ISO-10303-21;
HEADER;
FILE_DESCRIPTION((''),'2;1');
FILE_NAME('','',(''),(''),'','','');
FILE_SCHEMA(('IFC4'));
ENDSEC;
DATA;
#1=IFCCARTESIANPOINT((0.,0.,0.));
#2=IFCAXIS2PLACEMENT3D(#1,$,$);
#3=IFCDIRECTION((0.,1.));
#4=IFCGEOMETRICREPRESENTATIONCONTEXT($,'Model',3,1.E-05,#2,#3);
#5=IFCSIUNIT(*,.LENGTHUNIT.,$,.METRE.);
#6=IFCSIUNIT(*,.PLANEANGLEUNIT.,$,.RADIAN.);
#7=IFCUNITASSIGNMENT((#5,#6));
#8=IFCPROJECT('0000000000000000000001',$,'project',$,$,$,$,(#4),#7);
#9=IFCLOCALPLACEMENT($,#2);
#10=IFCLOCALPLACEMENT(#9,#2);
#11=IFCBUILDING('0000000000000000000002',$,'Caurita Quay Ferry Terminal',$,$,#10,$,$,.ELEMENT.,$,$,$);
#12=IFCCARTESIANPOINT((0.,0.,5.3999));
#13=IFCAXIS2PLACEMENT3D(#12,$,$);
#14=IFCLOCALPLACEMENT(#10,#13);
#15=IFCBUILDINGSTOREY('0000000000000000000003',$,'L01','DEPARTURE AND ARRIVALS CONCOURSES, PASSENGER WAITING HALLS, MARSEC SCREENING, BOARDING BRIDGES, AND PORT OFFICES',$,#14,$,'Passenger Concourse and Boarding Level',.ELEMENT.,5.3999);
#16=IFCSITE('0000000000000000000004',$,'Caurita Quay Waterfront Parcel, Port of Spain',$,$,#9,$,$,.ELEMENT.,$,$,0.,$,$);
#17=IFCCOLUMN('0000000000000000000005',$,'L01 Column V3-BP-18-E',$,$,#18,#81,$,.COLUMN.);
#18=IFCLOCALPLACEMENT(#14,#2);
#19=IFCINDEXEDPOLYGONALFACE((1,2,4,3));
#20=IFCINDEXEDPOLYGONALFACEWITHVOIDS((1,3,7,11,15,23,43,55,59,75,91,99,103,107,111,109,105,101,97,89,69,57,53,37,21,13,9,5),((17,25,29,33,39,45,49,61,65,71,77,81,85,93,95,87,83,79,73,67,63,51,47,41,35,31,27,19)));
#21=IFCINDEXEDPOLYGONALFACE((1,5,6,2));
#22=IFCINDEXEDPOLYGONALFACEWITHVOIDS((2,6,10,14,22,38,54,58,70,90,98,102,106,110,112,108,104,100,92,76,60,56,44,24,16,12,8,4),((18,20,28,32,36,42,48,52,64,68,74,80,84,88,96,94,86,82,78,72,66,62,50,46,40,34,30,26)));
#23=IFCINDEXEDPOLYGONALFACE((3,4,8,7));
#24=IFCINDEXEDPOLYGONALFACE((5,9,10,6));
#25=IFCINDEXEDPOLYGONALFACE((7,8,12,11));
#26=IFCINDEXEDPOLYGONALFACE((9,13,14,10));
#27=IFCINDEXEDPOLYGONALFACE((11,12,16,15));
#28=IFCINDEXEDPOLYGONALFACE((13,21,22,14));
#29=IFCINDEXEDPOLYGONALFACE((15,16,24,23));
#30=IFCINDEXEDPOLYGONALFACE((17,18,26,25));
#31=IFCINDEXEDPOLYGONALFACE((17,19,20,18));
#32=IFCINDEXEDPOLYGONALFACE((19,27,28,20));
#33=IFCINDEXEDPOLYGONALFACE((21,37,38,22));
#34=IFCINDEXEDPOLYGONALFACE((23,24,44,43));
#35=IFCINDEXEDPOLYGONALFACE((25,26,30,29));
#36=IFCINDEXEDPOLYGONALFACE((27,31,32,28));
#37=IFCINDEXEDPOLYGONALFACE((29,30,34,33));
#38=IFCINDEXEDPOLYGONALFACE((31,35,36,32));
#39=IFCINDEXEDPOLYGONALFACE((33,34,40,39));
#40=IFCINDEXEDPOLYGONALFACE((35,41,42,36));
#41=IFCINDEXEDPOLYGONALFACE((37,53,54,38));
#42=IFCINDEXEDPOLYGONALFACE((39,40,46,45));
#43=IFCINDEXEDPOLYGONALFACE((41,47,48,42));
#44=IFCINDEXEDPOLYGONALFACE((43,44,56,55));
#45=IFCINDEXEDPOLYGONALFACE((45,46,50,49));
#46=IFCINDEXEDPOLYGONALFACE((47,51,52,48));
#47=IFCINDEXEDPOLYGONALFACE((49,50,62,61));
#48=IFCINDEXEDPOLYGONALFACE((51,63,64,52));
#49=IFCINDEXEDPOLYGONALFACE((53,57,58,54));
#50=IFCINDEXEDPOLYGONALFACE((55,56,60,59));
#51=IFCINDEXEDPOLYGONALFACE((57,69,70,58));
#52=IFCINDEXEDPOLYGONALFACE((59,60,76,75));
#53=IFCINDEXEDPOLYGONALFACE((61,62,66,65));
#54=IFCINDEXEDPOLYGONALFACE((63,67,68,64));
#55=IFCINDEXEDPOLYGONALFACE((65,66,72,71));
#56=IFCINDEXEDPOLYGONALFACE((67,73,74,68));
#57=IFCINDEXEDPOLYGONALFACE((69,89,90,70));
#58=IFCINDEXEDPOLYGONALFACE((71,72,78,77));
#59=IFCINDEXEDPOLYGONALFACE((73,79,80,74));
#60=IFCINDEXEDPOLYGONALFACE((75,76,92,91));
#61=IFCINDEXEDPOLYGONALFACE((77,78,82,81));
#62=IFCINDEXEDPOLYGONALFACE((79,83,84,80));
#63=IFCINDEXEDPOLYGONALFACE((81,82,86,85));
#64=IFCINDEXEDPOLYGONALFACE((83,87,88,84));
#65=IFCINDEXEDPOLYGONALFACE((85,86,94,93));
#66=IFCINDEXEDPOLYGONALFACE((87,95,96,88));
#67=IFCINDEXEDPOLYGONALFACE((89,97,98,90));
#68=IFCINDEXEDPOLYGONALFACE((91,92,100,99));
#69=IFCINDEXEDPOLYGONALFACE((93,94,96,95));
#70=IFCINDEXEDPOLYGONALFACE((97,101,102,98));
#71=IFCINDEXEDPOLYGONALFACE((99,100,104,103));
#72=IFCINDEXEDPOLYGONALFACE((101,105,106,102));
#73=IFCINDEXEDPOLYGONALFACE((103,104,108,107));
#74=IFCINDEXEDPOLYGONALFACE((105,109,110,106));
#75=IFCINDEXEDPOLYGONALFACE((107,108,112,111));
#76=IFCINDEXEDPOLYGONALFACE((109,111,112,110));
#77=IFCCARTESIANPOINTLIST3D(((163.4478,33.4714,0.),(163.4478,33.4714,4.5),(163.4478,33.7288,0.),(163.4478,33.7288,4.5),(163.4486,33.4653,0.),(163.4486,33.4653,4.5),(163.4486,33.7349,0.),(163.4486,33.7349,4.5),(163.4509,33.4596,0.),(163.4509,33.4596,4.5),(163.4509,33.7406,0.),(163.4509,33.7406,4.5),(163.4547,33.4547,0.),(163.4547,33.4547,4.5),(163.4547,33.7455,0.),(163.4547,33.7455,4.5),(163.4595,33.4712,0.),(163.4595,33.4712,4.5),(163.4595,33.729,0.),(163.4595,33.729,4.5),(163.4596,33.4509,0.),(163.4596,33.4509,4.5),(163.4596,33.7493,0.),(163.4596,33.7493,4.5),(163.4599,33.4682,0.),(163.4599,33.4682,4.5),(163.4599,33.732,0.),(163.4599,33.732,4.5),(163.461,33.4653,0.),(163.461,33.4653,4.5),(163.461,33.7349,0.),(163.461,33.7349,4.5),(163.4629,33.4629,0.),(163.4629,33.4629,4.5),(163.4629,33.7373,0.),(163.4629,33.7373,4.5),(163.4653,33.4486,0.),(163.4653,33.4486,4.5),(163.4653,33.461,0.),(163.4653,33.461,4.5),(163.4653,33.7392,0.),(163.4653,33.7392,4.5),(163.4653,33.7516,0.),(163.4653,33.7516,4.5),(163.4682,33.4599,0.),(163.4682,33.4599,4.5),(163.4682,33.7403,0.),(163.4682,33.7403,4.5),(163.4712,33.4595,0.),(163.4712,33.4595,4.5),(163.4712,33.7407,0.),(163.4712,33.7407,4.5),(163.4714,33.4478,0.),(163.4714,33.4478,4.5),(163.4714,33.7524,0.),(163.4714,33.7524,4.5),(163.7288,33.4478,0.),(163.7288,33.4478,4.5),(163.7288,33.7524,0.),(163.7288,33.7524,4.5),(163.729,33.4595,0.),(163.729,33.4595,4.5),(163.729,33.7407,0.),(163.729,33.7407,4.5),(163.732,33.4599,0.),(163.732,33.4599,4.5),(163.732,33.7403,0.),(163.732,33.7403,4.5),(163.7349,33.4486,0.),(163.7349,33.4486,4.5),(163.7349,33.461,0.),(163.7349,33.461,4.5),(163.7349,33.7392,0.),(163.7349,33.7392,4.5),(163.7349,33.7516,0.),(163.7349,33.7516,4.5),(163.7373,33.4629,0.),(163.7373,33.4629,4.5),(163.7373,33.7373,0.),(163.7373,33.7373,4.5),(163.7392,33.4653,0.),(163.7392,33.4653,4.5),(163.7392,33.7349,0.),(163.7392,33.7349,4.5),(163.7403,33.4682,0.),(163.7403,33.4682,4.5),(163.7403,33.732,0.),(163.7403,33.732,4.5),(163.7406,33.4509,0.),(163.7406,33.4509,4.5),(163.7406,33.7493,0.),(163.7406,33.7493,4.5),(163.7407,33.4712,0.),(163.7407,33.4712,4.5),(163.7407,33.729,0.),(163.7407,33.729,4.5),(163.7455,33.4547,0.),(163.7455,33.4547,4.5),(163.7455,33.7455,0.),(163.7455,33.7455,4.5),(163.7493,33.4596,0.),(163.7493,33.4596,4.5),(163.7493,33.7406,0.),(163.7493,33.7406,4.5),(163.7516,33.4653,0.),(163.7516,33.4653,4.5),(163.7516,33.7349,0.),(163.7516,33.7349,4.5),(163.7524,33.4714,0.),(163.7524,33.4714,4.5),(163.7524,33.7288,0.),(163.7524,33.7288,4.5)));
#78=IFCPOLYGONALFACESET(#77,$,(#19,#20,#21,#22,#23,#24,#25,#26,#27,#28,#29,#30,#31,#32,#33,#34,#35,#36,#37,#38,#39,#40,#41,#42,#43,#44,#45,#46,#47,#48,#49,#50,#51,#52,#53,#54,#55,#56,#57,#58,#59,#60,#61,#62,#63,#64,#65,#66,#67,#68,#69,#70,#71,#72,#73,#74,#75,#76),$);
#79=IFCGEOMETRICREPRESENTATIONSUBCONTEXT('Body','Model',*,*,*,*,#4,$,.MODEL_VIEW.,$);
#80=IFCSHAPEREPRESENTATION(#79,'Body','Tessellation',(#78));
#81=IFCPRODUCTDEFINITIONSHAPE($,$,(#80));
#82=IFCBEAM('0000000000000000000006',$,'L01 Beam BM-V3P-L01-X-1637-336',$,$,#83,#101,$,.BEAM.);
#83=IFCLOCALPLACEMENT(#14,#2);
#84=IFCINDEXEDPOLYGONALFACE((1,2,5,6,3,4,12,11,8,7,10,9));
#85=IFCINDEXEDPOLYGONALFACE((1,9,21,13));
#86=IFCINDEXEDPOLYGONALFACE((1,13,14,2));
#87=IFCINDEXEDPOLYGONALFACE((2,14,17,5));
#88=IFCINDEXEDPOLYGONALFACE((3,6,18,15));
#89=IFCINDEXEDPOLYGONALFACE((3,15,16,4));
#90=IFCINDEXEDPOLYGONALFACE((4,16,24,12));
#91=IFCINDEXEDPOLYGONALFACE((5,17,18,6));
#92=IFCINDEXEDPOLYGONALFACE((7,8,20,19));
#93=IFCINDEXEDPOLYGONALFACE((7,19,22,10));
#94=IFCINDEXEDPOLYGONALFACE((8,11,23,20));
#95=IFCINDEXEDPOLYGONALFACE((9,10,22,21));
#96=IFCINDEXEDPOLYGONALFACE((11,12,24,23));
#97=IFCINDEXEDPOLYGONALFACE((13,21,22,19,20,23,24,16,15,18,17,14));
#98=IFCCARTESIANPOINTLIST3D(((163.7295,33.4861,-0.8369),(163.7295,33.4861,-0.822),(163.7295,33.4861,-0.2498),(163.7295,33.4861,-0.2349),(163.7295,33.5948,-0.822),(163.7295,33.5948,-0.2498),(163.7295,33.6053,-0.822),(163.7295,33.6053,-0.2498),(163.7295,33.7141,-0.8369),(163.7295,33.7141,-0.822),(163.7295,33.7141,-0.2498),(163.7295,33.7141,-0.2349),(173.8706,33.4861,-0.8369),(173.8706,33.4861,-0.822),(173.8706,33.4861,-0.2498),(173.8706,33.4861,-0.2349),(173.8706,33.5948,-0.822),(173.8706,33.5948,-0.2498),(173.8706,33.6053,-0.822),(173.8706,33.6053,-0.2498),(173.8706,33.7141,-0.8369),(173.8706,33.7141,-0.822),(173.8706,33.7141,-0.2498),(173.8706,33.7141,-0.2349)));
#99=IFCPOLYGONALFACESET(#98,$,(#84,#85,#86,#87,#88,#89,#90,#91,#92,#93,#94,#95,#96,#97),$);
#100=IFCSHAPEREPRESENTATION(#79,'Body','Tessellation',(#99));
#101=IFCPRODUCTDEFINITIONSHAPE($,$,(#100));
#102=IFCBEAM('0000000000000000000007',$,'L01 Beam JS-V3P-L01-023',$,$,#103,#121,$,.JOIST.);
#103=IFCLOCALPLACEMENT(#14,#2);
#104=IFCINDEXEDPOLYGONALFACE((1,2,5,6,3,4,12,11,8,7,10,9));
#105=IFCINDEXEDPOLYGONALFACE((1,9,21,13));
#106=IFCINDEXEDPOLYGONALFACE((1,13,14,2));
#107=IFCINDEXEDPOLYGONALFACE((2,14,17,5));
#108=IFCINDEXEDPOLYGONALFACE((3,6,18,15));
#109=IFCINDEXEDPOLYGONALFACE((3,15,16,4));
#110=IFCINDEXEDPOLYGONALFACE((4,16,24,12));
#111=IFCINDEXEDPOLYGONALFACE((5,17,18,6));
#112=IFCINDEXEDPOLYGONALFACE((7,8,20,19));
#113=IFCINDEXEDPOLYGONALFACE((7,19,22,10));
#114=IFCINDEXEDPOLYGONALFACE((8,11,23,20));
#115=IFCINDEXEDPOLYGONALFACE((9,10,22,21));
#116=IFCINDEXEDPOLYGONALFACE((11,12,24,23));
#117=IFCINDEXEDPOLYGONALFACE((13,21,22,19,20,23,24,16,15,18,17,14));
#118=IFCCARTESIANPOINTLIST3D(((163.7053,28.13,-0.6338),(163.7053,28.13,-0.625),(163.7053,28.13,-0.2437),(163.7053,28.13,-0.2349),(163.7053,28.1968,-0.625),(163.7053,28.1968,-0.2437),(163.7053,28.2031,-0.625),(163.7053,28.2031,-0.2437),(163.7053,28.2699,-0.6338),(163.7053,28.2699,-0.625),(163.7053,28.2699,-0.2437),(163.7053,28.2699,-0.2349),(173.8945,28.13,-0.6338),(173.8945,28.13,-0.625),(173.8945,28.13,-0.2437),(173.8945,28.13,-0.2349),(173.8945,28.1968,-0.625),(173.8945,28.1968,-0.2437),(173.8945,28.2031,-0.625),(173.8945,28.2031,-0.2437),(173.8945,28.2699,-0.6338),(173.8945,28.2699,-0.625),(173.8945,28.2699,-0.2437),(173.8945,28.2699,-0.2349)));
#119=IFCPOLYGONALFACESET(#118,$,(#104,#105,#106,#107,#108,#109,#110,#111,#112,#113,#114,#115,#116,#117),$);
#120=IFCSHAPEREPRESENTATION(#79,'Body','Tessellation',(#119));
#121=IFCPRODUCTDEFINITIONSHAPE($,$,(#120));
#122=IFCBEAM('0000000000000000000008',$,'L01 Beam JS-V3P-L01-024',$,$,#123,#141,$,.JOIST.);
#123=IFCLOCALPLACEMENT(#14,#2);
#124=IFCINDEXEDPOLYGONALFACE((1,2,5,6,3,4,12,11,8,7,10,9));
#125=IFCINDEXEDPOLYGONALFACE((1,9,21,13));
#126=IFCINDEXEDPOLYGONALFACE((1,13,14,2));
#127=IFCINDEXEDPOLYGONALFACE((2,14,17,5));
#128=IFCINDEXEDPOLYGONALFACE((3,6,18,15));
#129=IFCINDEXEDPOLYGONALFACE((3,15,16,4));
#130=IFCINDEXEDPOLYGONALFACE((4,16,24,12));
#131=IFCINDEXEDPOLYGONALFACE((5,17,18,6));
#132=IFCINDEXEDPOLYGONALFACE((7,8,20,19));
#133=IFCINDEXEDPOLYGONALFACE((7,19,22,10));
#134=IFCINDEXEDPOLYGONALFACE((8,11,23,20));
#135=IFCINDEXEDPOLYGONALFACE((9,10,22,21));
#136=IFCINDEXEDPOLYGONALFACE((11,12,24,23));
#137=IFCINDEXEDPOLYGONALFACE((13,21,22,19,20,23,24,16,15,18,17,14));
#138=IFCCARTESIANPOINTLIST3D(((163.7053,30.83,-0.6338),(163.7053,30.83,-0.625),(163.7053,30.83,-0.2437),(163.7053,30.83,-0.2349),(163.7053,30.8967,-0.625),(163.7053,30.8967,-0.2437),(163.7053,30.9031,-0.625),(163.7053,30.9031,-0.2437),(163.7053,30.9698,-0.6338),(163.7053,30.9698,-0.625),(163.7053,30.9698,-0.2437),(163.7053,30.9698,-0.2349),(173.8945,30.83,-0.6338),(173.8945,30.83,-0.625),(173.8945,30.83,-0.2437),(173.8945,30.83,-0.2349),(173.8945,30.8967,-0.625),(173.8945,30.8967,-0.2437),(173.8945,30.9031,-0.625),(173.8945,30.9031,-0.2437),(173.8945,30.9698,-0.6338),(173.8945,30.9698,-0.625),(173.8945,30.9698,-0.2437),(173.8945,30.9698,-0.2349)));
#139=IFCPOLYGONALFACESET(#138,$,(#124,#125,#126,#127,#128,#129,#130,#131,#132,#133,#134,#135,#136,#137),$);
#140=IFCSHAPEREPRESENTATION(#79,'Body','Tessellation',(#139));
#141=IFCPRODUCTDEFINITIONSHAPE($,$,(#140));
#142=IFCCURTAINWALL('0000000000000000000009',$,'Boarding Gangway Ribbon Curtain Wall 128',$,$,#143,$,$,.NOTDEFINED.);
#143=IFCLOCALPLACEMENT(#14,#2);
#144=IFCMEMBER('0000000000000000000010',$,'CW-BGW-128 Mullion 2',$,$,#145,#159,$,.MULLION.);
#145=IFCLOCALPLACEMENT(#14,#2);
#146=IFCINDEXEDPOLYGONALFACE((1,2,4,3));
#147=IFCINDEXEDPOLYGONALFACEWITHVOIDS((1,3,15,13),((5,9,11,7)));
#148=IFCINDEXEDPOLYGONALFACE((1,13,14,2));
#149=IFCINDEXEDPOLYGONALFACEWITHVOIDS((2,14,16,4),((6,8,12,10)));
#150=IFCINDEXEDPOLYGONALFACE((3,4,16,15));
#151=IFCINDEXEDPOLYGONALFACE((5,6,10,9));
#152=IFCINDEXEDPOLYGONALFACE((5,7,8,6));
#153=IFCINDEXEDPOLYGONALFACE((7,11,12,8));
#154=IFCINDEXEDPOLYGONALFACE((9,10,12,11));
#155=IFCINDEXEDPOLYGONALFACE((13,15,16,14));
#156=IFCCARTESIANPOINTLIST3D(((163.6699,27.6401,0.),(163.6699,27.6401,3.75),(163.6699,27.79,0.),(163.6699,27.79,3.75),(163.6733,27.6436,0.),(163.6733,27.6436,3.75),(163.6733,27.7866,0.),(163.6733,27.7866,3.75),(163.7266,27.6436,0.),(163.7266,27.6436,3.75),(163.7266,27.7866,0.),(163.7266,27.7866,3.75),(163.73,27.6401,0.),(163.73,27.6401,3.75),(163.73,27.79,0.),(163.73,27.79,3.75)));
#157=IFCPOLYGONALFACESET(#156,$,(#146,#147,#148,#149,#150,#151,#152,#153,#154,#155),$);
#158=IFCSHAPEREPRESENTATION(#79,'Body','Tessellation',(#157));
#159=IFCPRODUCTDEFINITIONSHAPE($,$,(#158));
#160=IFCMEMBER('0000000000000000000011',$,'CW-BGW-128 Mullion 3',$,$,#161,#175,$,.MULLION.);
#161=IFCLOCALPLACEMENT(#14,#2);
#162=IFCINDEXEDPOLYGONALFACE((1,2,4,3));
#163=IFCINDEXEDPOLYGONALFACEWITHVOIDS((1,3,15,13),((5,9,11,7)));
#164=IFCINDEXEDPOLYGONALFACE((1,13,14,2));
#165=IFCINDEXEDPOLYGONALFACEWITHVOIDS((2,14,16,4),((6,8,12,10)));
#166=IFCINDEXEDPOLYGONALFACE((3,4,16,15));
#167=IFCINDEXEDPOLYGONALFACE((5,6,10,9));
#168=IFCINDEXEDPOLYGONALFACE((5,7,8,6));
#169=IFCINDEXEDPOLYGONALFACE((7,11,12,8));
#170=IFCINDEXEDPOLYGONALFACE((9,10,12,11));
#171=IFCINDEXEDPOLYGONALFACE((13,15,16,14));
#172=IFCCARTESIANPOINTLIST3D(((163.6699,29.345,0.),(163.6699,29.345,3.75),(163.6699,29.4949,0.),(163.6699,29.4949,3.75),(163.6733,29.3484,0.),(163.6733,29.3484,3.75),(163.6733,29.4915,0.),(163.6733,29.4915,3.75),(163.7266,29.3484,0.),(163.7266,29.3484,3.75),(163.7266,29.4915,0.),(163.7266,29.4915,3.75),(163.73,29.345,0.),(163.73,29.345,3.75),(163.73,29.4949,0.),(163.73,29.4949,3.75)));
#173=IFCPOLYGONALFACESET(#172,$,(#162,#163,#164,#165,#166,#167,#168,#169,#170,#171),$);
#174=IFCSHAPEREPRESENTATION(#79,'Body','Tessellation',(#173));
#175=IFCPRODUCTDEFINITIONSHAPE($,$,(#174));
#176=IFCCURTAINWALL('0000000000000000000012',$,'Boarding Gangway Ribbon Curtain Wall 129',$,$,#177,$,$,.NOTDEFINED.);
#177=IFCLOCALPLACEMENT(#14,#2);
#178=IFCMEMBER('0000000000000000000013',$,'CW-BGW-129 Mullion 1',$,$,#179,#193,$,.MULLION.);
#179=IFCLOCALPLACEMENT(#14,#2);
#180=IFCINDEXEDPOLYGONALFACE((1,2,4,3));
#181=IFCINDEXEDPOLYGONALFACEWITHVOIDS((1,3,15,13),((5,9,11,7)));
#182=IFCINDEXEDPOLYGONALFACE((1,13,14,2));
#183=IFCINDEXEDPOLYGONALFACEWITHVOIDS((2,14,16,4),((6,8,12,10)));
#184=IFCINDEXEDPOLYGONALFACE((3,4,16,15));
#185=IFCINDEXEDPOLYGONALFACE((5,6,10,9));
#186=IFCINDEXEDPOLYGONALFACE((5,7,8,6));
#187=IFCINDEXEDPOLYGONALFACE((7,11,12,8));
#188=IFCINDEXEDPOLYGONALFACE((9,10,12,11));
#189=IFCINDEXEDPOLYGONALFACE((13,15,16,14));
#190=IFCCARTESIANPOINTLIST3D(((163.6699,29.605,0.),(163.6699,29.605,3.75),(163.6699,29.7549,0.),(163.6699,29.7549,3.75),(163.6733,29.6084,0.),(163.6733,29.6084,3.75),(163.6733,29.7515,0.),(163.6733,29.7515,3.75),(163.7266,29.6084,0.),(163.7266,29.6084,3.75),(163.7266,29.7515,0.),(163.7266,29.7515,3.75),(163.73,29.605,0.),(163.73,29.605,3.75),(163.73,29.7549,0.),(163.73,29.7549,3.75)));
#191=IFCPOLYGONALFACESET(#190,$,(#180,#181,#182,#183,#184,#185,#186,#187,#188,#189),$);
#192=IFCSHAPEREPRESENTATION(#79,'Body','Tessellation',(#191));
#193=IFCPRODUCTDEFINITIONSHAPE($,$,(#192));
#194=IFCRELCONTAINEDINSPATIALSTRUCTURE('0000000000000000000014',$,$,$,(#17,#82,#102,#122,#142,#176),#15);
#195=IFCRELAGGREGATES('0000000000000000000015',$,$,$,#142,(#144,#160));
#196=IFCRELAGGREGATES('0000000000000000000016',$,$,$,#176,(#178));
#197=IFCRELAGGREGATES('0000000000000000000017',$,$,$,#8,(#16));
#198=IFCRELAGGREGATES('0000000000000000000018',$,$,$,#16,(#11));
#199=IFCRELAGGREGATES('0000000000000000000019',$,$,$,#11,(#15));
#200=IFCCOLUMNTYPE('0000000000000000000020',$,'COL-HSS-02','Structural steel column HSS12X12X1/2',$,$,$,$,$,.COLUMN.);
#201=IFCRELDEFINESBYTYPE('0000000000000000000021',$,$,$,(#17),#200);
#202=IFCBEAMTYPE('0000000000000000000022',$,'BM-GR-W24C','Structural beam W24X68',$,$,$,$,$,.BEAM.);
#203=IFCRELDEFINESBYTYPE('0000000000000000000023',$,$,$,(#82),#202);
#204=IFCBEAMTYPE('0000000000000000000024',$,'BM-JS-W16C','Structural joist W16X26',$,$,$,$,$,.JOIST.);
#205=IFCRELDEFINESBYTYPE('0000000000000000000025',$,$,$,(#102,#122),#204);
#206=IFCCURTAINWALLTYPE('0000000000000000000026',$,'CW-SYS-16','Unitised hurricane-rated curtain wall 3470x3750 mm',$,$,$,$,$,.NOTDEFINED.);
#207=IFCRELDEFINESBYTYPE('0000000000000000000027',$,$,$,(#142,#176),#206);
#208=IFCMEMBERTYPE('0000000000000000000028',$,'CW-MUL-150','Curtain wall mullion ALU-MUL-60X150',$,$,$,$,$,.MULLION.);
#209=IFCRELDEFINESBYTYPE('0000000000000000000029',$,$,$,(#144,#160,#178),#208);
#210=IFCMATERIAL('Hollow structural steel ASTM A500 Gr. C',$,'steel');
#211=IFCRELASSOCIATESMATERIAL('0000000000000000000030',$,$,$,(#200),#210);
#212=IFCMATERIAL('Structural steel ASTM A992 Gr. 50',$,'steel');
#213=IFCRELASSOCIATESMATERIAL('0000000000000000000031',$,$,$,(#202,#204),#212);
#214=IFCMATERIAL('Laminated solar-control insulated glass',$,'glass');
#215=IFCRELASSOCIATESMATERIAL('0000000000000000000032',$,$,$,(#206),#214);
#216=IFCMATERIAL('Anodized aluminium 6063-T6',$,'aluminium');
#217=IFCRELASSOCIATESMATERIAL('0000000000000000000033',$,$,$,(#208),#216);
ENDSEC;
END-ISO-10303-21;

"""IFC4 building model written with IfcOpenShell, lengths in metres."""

from ifc_helpers import new_model, si_unit, direction, frame, origin, origin_2d, place, context, subcontext, project, spatial, hollow_rectangle, i_section, extrude, material, material_profile, profile_set, type_object, element, aggregate, save


model = new_model("IFC4")

# Units and contexts
model_context = context("Model", 3, precision=1e-05, world=origin(), true_north=direction((0.0, 1.0)))
body_context = subcontext(model_context, "Body", "Model", "MODEL_VIEW")
ifc_project = project(units=[si_unit("LENGTHUNIT", "METRE"), si_unit("PLANEANGLEUNIT", "RADIAN")], contexts=[model_context])

# Site, building, storey
site_placement = place(None, origin())
site = spatial("IfcSite", under=ifc_project, at=site_placement, Name="Caurita Quay Waterfront Parcel, Port of Spain", CompositionType="ELEMENT", RefElevation=0.0)
building_placement = place(site_placement, origin())
building = spatial("IfcBuilding", under=site, at=building_placement, Name="Caurita Quay Ferry Terminal", CompositionType="ELEMENT")
storey_placement = place(building_placement, frame((0.0, 0.0, 5.3999)))
storey = spatial("IfcBuildingStorey", under=building, at=storey_placement, Name="L01", Description="DEPARTURE AND ARRIVALS CONCOURSES, PASSENGER WAITING HALLS, MARSEC SCREENING, BOARDING BRIDGES, AND PORT OFFICES", LongName="Passenger Concourse and Boarding Level", CompositionType="ELEMENT", Elevation=5.3999)

# Column
ifc_material_1 = material(Name="Hollow structural steel ASTM A500 Gr. C", Category="steel")
ifc_material_profile_1 = material_profile(ifc_material_1, hollow_rectangle(XDim=0.3047, YDim=0.3047, WallThickness=0.0117, InnerFilletRadius=0.0117, OuterFilletRadius=0.0237, at=origin_2d()), Name="HSS12X12X1/2")
ifc_profile_set_1 = profile_set([ifc_material_profile_1], Name="Hollow structural steel ASTM A500 Gr. C")
column_type = type_object("IfcColumnType", Name="COL-HSS-02", Description="Structural steel column HSS12X12X1/2", PredefinedType="COLUMN", material=ifc_profile_set_1)
column_placement = place(storey_placement, frame((163.6001, 33.6001, 0.0), z_axis=(0.0, 0.0, 1.0), x_axis=(1.0, 0.0, 0.0)))
element("IfcColumn", 1, at=column_placement, inside=storey, type_object=column_type, Name="L01 Column V3-BP-18-E", PredefinedType="COLUMN", context=body_context, shape_type="SweptSolid", body=[
    extrude(hollow_rectangle(XDim=0.3047, YDim=0.3047, WallThickness=0.0117, InnerFilletRadius=0.0117, OuterFilletRadius=0.0237, at=origin_2d()), origin(), (0.0, 0.0, 1.0), 4.5),
])

# Beams
ifc_material_2 = material(Name="Structural steel ASTM A992 Gr. 50", Category="steel")
ifc_material_profile_2 = material_profile(ifc_material_2, i_section(OverallWidth=0.228, OverallDepth=0.6021, WebThickness=0.0105, FlangeThickness=0.0149, at=origin_2d()), Name="W24X68")
ifc_profile_set_2 = profile_set([ifc_material_profile_2], Name="Structural steel ASTM A992 Gr. 50")
beam_type_1 = type_object("IfcBeamType", Name="BM-GR-W24C", Description="Structural beam W24X68", PredefinedType="BEAM", material=ifc_profile_set_2)
beam_placement = place(storey_placement, frame((163.7295, 33.6001, -0.5359), z_axis=(1.0, 0.0, 0.0), x_axis=(0.0, 1.0, 0.0)))
element("IfcBeam", 2, at=beam_placement, inside=storey, type_object=beam_type_1, Name="L01 Beam BM-V3P-L01-X-1637-336", PredefinedType="BEAM", context=body_context, shape_type="SweptSolid", body=[
    extrude(i_section(OverallWidth=0.228, OverallDepth=0.6021, WebThickness=0.0105, FlangeThickness=0.0149, at=origin_2d()), origin(), (0.0, 0.0, 1.0), 10.1411),
])
ifc_material_profile_3 = material_profile(ifc_material_2, i_section(OverallWidth=0.1399, OverallDepth=0.3989, WebThickness=0.0063, FlangeThickness=0.0088, at=origin_2d()), Name="W16X26")
ifc_profile_set_3 = profile_set([ifc_material_profile_3], Name="Structural steel ASTM A992 Gr. 50")
beam_type_2 = type_object("IfcBeamType", Name="BM-JS-W16C", Description="Structural joist W16X26", PredefinedType="JOIST", material=ifc_profile_set_3)
for number, where, z_axis, x_axis, name in (
    (3, (163.7053, 28.2, -0.4343), (1.0, 0.0, 0.0), (0.0, 1.0, 0.0), "L01 Beam JS-V3P-L01-023"),
    (4, (163.7053, 30.8999, -0.4343), (1.0, 0.0, 0.0), (0.0, 1.0, 0.0), "L01 Beam JS-V3P-L01-024"),
):
    element("IfcBeam", number, at=place(storey_placement, frame(where, z_axis=z_axis, x_axis=x_axis)), inside=storey, type_object=beam_type_2, Name=name, PredefinedType="JOIST", context=body_context, shape_type="SweptSolid", body=[
        extrude(i_section(OverallWidth=0.1399, OverallDepth=0.3989, WebThickness=0.0063, FlangeThickness=0.0088, at=origin_2d()), origin(), (0.0, 0.0, 1.0), 10.1892),
    ])

# Curtain walls, members
ifc_material_3 = material(Name="Laminated solar-control insulated glass", Category="glass")
curtain_wall_type = type_object("IfcCurtainWallType", Name="CW-SYS-16", Description="Unitised hurricane-rated curtain wall 3470x3750 mm", PredefinedType="NOTDEFINED", material=ifc_material_3)
curtain_wall_1_placement = place(storey_placement, origin())
curtain_wall_1 = element("IfcCurtainWall", 5, at=curtain_wall_1_placement, inside=storey, type_object=curtain_wall_type, Name="Boarding Gangway Ribbon Curtain Wall 128", PredefinedType="NOTDEFINED")
ifc_material_4 = material(Name="Anodized aluminium 6063-T6", Category="aluminium")
ifc_material_profile_4 = material_profile(ifc_material_4, hollow_rectangle(XDim=0.0601, YDim=0.1499, WallThickness=0.0034, at=origin_2d()), Name="ALU-MUL-60X150")
ifc_profile_set_4 = profile_set([ifc_material_profile_4], Name="Anodized aluminium 6063-T6")
member_type_1 = type_object("IfcMemberType", Name="CW-MUL-150", Description="Curtain wall mullion ALU-MUL-60X150", PredefinedType="MULLION", material=ifc_profile_set_4)
member_1_placement = place(storey_placement, frame((163.7, 27.7151, 0.0), z_axis=(0.0, 0.0, 1.0), x_axis=(-1.0, 0.0, 0.0)))
member_1 = element("IfcMember", 6, at=member_1_placement, type_object=member_type_1, Name="CW-BGW-128 Mullion 2", PredefinedType="MULLION", context=body_context, shape_type="SweptSolid", body=[
    extrude(hollow_rectangle(XDim=0.0601, YDim=0.1499, WallThickness=0.0034, at=origin_2d()), origin(), (0.0, 0.0, 1.0), 3.75),
])
member_2_placement = place(storey_placement, frame((163.7, 29.4199, 0.0), z_axis=(0.0, 0.0, 1.0), x_axis=(-1.0, 0.0, 0.0)))
member_2 = element("IfcMember", 7, at=member_2_placement, type_object=member_type_1, Name="CW-BGW-128 Mullion 3", PredefinedType="MULLION", context=body_context, shape_type="SweptSolid", body=[
    extrude(hollow_rectangle(XDim=0.0601, YDim=0.1499, WallThickness=0.0034, at=origin_2d()), origin(), (0.0, 0.0, 1.0), 3.75),
])
curtain_wall_2_placement = place(storey_placement, origin())
curtain_wall_2 = element("IfcCurtainWall", 8, at=curtain_wall_2_placement, inside=storey, type_object=curtain_wall_type, Name="Boarding Gangway Ribbon Curtain Wall 129", PredefinedType="NOTDEFINED")
member_3_placement = place(storey_placement, frame((163.7, 29.6799, 0.0), z_axis=(0.0, 0.0, 1.0), x_axis=(-1.0, 0.0, 0.0)))
member_3 = element("IfcMember", 9, at=member_3_placement, type_object=member_type_1, Name="CW-BGW-129 Mullion 1", PredefinedType="MULLION", context=body_context, shape_type="SweptSolid", body=[
    extrude(hollow_rectangle(XDim=0.0601, YDim=0.1499, WallThickness=0.0034, at=origin_2d()), origin(), (0.0, 0.0, 1.0), 3.75),
])

aggregate(curtain_wall_1, [member_1, member_2])
aggregate(curtain_wall_2, [member_3])

save(model, "model.ifc")
